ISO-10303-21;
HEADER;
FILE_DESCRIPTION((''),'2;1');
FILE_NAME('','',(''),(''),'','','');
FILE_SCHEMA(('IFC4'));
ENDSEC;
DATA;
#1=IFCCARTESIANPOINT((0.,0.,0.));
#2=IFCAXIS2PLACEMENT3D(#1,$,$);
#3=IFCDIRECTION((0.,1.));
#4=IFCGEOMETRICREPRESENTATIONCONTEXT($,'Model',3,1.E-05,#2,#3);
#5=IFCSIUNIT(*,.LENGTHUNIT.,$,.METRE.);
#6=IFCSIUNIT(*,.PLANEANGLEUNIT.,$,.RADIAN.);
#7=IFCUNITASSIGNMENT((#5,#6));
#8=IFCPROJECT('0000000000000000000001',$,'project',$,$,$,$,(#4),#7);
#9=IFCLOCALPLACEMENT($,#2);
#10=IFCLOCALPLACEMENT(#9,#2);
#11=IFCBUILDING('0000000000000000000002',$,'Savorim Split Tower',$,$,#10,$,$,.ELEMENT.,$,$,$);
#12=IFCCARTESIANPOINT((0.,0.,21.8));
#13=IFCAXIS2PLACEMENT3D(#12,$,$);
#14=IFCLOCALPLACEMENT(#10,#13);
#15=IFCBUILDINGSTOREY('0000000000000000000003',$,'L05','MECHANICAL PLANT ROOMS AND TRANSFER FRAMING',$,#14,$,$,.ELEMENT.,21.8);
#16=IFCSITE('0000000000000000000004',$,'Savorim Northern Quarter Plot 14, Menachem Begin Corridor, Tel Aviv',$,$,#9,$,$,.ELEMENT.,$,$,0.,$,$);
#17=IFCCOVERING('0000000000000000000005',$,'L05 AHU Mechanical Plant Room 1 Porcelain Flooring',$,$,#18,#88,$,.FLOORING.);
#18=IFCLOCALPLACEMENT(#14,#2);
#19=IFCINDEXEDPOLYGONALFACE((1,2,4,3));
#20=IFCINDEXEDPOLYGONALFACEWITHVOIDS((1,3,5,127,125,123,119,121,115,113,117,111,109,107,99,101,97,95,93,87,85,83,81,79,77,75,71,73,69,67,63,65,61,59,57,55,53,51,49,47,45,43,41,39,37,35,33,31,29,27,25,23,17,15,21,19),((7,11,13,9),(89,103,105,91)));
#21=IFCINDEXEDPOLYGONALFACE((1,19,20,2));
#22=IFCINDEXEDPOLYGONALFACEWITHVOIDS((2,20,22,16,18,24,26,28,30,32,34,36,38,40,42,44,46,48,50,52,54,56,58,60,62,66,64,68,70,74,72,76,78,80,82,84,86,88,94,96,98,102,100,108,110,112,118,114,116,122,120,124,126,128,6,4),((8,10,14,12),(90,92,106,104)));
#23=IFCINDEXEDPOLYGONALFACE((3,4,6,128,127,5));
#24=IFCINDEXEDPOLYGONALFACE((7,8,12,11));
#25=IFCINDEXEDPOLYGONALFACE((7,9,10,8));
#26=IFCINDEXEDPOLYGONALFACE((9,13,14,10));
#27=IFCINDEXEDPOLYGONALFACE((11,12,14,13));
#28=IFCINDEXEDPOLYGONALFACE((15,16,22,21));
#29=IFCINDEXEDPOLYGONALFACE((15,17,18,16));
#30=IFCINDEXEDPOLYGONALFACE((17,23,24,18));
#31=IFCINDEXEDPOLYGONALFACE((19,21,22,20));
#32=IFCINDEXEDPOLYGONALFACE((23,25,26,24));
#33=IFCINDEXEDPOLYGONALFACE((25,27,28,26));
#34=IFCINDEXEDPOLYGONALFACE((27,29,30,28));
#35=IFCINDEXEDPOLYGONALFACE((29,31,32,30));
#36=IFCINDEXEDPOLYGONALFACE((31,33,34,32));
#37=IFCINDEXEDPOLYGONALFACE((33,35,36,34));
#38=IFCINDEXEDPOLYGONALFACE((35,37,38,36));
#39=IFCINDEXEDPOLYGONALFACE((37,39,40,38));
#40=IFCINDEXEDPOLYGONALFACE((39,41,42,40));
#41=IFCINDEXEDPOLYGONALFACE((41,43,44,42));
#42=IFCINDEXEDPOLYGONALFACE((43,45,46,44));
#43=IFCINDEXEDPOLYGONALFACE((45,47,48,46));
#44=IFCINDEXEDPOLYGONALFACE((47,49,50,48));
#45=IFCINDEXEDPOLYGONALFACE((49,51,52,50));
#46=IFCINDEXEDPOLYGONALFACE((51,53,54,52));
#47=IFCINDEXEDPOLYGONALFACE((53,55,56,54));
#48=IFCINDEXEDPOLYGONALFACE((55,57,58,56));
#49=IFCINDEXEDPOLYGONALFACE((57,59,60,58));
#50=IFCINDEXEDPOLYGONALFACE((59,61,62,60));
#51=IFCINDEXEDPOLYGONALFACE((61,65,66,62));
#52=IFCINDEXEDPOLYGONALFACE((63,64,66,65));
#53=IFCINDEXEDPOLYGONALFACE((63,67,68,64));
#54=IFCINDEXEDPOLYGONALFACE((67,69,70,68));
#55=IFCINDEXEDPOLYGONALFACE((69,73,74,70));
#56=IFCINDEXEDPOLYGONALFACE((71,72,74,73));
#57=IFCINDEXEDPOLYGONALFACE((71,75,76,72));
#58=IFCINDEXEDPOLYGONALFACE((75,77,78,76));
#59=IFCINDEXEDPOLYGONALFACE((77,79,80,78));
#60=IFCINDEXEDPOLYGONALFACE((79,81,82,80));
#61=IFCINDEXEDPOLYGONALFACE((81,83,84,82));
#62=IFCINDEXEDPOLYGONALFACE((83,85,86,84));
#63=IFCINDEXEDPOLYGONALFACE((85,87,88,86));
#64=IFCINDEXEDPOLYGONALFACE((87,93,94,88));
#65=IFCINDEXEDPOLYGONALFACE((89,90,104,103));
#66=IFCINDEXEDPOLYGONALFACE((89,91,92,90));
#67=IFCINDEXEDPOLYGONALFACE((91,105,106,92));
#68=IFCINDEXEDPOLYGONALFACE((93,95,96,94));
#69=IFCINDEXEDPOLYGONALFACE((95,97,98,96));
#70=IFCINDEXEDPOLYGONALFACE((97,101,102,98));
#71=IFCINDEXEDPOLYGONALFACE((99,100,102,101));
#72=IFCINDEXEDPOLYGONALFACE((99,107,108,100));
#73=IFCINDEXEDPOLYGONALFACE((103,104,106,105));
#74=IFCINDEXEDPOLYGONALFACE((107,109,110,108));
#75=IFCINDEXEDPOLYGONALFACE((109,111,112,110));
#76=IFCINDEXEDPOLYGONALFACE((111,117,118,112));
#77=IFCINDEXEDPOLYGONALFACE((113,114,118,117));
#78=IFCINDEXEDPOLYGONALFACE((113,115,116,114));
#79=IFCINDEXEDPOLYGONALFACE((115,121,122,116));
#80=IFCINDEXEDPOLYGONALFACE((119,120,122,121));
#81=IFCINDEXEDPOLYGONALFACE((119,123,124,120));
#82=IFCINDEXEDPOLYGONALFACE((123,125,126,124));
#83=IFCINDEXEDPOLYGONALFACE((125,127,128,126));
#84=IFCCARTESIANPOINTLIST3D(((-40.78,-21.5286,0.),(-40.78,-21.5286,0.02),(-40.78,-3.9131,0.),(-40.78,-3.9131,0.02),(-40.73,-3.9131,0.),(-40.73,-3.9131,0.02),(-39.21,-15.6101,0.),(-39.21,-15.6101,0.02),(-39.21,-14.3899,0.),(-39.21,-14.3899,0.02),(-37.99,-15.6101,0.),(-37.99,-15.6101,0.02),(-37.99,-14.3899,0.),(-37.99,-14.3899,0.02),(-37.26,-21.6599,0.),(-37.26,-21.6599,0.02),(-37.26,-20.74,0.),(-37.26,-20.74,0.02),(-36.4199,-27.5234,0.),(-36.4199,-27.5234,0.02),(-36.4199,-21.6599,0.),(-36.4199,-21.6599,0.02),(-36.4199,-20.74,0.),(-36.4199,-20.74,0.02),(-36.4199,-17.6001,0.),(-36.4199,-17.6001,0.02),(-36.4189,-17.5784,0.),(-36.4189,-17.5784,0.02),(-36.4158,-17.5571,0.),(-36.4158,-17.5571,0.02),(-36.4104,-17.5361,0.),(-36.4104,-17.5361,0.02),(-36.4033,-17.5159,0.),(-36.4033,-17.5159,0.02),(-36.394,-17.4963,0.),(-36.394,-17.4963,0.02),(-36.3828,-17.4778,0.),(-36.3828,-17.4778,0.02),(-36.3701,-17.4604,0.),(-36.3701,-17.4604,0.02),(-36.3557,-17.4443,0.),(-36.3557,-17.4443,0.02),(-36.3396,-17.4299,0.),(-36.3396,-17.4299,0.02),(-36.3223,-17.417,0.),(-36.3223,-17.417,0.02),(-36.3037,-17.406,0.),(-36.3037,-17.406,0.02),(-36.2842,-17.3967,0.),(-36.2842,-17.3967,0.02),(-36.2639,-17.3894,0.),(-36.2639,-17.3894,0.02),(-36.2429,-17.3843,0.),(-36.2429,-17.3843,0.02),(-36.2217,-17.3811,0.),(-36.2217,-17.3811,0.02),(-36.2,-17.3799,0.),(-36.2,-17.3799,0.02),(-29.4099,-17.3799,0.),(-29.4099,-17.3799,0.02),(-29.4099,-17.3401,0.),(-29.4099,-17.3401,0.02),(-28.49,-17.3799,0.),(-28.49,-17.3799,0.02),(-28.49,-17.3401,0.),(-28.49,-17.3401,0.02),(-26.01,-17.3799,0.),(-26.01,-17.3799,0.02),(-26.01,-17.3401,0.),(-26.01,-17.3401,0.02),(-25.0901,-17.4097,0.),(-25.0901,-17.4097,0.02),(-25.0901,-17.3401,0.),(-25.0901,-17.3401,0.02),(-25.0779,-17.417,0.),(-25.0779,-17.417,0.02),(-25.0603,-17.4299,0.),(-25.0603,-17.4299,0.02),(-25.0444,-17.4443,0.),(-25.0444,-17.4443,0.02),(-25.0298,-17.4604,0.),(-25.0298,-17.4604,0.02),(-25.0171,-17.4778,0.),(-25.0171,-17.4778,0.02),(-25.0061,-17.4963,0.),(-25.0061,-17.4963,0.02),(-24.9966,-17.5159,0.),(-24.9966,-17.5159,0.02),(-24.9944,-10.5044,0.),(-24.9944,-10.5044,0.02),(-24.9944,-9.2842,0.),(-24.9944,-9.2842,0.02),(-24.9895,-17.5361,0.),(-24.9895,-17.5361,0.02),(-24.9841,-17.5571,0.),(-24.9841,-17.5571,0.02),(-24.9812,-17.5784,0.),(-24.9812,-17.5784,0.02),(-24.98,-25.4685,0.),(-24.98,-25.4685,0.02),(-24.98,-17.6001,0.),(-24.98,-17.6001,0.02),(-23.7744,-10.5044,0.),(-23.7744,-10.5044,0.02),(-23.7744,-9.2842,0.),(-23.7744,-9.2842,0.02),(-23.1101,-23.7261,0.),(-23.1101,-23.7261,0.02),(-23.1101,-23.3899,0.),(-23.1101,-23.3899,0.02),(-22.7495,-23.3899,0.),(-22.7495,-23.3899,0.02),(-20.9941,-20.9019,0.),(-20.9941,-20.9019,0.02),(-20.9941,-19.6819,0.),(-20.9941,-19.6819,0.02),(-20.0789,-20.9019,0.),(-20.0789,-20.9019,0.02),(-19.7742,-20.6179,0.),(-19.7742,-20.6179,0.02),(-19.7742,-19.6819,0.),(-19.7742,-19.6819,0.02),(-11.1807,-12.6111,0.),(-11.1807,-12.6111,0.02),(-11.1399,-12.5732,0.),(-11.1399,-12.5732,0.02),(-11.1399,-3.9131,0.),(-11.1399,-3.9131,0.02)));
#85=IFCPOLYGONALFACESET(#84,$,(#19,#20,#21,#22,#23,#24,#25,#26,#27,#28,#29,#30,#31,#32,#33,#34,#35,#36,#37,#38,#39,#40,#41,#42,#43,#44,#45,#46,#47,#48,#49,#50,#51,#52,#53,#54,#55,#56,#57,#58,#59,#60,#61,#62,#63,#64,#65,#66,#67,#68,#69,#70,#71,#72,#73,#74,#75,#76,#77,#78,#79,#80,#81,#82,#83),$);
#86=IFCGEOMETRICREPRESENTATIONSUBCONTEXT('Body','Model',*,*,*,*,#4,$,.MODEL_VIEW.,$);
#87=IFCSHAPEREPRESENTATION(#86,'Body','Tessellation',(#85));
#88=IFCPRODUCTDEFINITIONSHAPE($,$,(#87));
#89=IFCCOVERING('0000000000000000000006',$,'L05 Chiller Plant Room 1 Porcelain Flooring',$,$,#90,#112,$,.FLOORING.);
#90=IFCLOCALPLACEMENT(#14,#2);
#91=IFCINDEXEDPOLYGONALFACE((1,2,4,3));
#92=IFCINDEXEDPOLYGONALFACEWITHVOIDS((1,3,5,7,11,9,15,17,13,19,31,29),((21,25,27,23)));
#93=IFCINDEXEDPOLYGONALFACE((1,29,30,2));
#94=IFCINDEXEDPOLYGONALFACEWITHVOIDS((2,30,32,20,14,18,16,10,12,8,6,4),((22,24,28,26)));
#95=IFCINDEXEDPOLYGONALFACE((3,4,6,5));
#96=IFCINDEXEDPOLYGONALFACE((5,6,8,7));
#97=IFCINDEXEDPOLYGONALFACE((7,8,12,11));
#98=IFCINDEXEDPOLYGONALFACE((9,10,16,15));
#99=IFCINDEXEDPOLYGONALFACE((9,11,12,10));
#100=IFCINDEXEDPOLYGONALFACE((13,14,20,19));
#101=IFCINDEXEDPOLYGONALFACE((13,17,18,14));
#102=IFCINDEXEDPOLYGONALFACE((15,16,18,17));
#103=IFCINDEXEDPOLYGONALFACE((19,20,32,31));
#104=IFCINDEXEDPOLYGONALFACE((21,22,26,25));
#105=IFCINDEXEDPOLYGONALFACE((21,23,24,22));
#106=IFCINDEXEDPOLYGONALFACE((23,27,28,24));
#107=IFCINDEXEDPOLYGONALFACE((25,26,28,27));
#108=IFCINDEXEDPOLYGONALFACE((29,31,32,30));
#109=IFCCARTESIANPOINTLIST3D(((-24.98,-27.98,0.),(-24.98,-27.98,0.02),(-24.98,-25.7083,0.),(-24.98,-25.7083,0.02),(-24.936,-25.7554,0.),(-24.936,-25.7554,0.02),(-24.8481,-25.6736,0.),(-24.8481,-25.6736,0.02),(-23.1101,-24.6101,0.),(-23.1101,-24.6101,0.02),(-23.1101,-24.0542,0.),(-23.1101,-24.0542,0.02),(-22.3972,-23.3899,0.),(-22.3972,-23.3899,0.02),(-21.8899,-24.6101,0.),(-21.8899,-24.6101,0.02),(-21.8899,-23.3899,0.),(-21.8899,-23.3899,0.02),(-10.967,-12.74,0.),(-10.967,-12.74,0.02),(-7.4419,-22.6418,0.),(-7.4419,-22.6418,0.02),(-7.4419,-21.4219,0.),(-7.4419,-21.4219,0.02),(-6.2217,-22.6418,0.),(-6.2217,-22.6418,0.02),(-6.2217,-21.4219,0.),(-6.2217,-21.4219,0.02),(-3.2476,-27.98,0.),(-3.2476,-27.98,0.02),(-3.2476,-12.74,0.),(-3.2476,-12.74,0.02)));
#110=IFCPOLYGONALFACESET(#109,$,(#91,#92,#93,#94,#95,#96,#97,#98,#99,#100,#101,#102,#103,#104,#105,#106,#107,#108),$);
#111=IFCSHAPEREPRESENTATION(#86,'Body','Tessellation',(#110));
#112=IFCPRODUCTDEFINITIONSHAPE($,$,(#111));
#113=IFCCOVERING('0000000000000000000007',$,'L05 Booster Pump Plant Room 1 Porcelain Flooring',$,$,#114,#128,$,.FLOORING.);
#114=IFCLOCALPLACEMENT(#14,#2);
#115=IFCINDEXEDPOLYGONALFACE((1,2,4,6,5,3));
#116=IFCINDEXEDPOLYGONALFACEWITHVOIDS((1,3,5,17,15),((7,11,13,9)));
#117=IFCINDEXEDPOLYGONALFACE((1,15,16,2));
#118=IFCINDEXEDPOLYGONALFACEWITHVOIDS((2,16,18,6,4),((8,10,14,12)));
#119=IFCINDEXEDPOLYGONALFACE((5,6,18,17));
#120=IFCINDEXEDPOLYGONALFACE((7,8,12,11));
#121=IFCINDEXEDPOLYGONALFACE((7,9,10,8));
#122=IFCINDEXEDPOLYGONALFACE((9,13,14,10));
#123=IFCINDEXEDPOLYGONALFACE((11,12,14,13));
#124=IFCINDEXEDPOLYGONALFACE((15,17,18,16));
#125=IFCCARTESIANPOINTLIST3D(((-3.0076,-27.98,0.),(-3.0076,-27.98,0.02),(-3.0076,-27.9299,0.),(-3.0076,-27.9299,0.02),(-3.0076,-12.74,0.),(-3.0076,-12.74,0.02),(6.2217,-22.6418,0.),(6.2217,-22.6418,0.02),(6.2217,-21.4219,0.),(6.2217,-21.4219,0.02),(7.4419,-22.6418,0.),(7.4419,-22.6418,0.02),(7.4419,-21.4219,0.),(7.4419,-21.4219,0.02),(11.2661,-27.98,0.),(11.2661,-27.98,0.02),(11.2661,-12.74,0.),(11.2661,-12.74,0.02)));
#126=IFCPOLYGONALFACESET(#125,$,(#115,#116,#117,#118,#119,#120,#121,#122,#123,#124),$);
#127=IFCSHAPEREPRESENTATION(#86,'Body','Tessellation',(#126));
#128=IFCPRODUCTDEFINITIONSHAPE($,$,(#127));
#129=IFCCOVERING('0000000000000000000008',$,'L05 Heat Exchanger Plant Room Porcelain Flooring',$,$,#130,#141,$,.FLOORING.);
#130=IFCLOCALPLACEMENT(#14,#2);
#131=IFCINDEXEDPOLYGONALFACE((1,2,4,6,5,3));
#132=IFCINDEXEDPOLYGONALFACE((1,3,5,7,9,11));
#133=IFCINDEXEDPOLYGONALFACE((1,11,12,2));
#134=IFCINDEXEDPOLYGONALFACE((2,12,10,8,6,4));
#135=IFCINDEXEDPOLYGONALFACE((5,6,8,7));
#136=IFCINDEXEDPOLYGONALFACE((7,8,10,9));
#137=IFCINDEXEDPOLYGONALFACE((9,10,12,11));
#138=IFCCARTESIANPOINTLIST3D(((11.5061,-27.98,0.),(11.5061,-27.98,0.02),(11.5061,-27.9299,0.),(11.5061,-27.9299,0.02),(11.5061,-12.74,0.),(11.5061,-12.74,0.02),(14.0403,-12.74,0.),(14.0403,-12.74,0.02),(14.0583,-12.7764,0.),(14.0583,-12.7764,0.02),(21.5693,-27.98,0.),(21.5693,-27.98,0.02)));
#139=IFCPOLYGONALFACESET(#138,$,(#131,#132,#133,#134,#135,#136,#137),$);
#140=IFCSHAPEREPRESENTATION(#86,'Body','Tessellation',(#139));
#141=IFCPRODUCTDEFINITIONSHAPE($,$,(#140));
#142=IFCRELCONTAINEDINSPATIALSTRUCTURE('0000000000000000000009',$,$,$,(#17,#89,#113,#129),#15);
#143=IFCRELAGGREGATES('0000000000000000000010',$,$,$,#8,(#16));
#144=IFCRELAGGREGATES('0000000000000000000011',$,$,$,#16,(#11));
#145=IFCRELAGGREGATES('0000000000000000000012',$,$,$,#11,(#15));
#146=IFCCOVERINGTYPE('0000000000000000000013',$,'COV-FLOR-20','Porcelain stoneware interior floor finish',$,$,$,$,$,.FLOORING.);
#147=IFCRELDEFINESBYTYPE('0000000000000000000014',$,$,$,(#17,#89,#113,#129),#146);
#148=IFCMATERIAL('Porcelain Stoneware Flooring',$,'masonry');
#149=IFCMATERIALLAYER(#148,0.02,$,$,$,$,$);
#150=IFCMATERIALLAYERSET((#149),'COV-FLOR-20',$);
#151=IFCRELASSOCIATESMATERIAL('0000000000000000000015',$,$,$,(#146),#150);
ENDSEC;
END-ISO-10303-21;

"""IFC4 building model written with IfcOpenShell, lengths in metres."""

from ifc_helpers import new_model, si_unit, direction, frame, origin, place, context, subcontext, project, spatial, polyline, outline, extrude, material, layer, layer_set, type_object, element, save


model = new_model("IFC4")

# Units and contexts
model_context = context("Model", 3, precision=1e-05, world=origin(), true_north=direction((0.0, 1.0)))
body_context = subcontext(model_context, "Body", "Model", "MODEL_VIEW")
ifc_project = project(units=[si_unit("LENGTHUNIT", "METRE"), si_unit("PLANEANGLEUNIT", "RADIAN")], contexts=[model_context])

# Site, building, storey
site_placement = place(None, origin())
site = spatial("IfcSite", under=ifc_project, at=site_placement, Name="Savorim Northern Quarter Plot 14, Menachem Begin Corridor, Tel Aviv", CompositionType="ELEMENT", RefElevation=0.0)
building_placement = place(site_placement, origin())
building = spatial("IfcBuilding", under=site, at=building_placement, Name="Savorim Split Tower", CompositionType="ELEMENT")
storey_placement = place(building_placement, frame((0.0, 0.0, 21.8)))
storey = spatial("IfcBuildingStorey", under=building, at=storey_placement, Name="L05", Description="MECHANICAL PLANT ROOMS AND TRANSFER FRAMING", CompositionType="ELEMENT", Elevation=21.8)

# Coverings
ifc_material_1 = material(Name="Porcelain Stoneware Flooring", Category="masonry")
ifc_layer_1 = layer(ifc_material_1, 0.02)
ifc_layer_set_1 = layer_set([ifc_layer_1], Name="COV-FLOR-20")
covering_type_1 = type_object("IfcCoveringType", Name="COV-FLOR-20", Description="Porcelain stoneware interior floor finish", PredefinedType="FLOORING", material=ifc_layer_set_1)
covering_1_placement = place(storey_placement, origin())
element("IfcCovering", 1, at=covering_1_placement, inside=storey, type_object=covering_type_1, Name="L05 AHU Mechanical Plant Room 1 Porcelain Flooring", PredefinedType="FLOORING", context=body_context, shape_type="SweptSolid", body=[
    extrude(outline(polyline([(-11.1399, -3.9131), (-40.73, -3.9131), (-40.78, -3.9131), (-40.78, -21.5286), (-36.4199, -27.5234), (-36.4199, -21.6599), (-37.26, -21.6599), (-37.26, -20.74), (-36.4199, -20.74), (-36.4199, -17.6001), (-36.4189, -17.5784), (-36.4158, -17.5571), (-36.4104, -17.5361), (-36.4033, -17.5159), (-36.394, -17.4963), (-36.3828, -17.4778), (-36.3701, -17.4604), (-36.3557, -17.4443), (-36.3396, -17.4299), (-36.3223, -17.417), (-36.3037, -17.406), (-36.2842, -17.3967), (-36.2639, -17.3894), (-36.2429, -17.3843), (-36.2217, -17.3811), (-36.2, -17.3799), (-29.4099, -17.3799), (-29.4099, -17.3401), (-28.49, -17.3401), (-28.49, -17.3799), (-26.01, -17.3799), (-26.01, -17.3401), (-25.0901, -17.3401), (-25.0901, -17.4097), (-25.0779, -17.417), (-25.0603, -17.4299), (-25.0444, -17.4443), (-25.0298, -17.4604), (-25.0171, -17.4778), (-25.0061, -17.4963), (-24.9966, -17.5159), (-24.9895, -17.5361), (-24.9841, -17.5571), (-24.9812, -17.5784), (-24.98, -17.6001), (-24.98, -25.4685), (-23.1101, -23.7261), (-23.1101, -23.3899), (-22.7495, -23.3899), (-20.0789, -20.9019), (-20.9941, -20.9019), (-20.9941, -19.6819), (-19.7742, -19.6819), (-19.7742, -20.6179), (-11.1807, -12.6111), (-11.1399, -12.5732), (-11.1399, -3.9131)]), holes=[polyline([(-39.21, -14.3899), (-39.21, -15.6101), (-37.99, -15.6101), (-37.99, -14.3899), (-39.21, -14.3899)]), polyline([(-23.7744, -9.2842), (-24.9944, -9.2842), (-24.9944, -10.5044), (-23.7744, -10.5044), (-23.7744, -9.2842)])]), origin(), (0.0, 0.0, 1.0), 0.02),
])
covering_2_placement = place(storey_placement, origin())
element("IfcCovering", 2, at=covering_2_placement, inside=storey, type_object=covering_type_1, Name="L05 Chiller Plant Room 1 Porcelain Flooring", PredefinedType="FLOORING", context=body_context, shape_type="SweptSolid", body=[
    extrude(outline(polyline([(-24.936, -25.7554), (-24.98, -25.7083), (-24.98, -27.98), (-3.2476, -27.98), (-3.2476, -12.74), (-10.967, -12.74), (-22.3972, -23.3899), (-21.8899, -23.3899), (-21.8899, -24.6101), (-23.1101, -24.6101), (-23.1101, -24.0542), (-24.8481, -25.6736), (-24.936, -25.7554)]), holes=[polyline([(-6.2217, -21.4219), (-7.4419, -21.4219), (-7.4419, -22.6418), (-6.2217, -22.6418), (-6.2217, -21.4219)])]), origin(), (0.0, 0.0, 1.0), 0.02),
])
covering_3_placement = place(storey_placement, origin())
element("IfcCovering", 3, at=covering_3_placement, inside=storey, type_object=covering_type_1, Name="L05 Booster Pump Plant Room 1 Porcelain Flooring", PredefinedType="FLOORING", context=body_context, shape_type="SweptSolid", body=[
    extrude(outline(polyline([(-3.0076, -12.74), (-3.0076, -27.9299), (-3.0076, -27.98), (11.2661, -27.98), (11.2661, -12.74), (-3.0076, -12.74)]), holes=[polyline([(6.2217, -21.4219), (6.2217, -22.6418), (7.4419, -22.6418), (7.4419, -21.4219), (6.2217, -21.4219)])]), origin(), (0.0, 0.0, 1.0), 0.02),
])
covering_4_placement = place(storey_placement, origin())
element("IfcCovering", 4, at=covering_4_placement, inside=storey, type_object=covering_type_1, Name="L05 Heat Exchanger Plant Room Porcelain Flooring", PredefinedType="FLOORING", context=body_context, shape_type="SweptSolid", body=[
    extrude(outline(polyline([(11.5061, -12.74), (11.5061, -27.9299), (11.5061, -27.98), (21.5693, -27.98), (14.0583, -12.7764), (14.0403, -12.74), (11.5061, -12.74)])), origin(), (0.0, 0.0, 1.0), 0.02),
])

save(model, "model.ifc")
